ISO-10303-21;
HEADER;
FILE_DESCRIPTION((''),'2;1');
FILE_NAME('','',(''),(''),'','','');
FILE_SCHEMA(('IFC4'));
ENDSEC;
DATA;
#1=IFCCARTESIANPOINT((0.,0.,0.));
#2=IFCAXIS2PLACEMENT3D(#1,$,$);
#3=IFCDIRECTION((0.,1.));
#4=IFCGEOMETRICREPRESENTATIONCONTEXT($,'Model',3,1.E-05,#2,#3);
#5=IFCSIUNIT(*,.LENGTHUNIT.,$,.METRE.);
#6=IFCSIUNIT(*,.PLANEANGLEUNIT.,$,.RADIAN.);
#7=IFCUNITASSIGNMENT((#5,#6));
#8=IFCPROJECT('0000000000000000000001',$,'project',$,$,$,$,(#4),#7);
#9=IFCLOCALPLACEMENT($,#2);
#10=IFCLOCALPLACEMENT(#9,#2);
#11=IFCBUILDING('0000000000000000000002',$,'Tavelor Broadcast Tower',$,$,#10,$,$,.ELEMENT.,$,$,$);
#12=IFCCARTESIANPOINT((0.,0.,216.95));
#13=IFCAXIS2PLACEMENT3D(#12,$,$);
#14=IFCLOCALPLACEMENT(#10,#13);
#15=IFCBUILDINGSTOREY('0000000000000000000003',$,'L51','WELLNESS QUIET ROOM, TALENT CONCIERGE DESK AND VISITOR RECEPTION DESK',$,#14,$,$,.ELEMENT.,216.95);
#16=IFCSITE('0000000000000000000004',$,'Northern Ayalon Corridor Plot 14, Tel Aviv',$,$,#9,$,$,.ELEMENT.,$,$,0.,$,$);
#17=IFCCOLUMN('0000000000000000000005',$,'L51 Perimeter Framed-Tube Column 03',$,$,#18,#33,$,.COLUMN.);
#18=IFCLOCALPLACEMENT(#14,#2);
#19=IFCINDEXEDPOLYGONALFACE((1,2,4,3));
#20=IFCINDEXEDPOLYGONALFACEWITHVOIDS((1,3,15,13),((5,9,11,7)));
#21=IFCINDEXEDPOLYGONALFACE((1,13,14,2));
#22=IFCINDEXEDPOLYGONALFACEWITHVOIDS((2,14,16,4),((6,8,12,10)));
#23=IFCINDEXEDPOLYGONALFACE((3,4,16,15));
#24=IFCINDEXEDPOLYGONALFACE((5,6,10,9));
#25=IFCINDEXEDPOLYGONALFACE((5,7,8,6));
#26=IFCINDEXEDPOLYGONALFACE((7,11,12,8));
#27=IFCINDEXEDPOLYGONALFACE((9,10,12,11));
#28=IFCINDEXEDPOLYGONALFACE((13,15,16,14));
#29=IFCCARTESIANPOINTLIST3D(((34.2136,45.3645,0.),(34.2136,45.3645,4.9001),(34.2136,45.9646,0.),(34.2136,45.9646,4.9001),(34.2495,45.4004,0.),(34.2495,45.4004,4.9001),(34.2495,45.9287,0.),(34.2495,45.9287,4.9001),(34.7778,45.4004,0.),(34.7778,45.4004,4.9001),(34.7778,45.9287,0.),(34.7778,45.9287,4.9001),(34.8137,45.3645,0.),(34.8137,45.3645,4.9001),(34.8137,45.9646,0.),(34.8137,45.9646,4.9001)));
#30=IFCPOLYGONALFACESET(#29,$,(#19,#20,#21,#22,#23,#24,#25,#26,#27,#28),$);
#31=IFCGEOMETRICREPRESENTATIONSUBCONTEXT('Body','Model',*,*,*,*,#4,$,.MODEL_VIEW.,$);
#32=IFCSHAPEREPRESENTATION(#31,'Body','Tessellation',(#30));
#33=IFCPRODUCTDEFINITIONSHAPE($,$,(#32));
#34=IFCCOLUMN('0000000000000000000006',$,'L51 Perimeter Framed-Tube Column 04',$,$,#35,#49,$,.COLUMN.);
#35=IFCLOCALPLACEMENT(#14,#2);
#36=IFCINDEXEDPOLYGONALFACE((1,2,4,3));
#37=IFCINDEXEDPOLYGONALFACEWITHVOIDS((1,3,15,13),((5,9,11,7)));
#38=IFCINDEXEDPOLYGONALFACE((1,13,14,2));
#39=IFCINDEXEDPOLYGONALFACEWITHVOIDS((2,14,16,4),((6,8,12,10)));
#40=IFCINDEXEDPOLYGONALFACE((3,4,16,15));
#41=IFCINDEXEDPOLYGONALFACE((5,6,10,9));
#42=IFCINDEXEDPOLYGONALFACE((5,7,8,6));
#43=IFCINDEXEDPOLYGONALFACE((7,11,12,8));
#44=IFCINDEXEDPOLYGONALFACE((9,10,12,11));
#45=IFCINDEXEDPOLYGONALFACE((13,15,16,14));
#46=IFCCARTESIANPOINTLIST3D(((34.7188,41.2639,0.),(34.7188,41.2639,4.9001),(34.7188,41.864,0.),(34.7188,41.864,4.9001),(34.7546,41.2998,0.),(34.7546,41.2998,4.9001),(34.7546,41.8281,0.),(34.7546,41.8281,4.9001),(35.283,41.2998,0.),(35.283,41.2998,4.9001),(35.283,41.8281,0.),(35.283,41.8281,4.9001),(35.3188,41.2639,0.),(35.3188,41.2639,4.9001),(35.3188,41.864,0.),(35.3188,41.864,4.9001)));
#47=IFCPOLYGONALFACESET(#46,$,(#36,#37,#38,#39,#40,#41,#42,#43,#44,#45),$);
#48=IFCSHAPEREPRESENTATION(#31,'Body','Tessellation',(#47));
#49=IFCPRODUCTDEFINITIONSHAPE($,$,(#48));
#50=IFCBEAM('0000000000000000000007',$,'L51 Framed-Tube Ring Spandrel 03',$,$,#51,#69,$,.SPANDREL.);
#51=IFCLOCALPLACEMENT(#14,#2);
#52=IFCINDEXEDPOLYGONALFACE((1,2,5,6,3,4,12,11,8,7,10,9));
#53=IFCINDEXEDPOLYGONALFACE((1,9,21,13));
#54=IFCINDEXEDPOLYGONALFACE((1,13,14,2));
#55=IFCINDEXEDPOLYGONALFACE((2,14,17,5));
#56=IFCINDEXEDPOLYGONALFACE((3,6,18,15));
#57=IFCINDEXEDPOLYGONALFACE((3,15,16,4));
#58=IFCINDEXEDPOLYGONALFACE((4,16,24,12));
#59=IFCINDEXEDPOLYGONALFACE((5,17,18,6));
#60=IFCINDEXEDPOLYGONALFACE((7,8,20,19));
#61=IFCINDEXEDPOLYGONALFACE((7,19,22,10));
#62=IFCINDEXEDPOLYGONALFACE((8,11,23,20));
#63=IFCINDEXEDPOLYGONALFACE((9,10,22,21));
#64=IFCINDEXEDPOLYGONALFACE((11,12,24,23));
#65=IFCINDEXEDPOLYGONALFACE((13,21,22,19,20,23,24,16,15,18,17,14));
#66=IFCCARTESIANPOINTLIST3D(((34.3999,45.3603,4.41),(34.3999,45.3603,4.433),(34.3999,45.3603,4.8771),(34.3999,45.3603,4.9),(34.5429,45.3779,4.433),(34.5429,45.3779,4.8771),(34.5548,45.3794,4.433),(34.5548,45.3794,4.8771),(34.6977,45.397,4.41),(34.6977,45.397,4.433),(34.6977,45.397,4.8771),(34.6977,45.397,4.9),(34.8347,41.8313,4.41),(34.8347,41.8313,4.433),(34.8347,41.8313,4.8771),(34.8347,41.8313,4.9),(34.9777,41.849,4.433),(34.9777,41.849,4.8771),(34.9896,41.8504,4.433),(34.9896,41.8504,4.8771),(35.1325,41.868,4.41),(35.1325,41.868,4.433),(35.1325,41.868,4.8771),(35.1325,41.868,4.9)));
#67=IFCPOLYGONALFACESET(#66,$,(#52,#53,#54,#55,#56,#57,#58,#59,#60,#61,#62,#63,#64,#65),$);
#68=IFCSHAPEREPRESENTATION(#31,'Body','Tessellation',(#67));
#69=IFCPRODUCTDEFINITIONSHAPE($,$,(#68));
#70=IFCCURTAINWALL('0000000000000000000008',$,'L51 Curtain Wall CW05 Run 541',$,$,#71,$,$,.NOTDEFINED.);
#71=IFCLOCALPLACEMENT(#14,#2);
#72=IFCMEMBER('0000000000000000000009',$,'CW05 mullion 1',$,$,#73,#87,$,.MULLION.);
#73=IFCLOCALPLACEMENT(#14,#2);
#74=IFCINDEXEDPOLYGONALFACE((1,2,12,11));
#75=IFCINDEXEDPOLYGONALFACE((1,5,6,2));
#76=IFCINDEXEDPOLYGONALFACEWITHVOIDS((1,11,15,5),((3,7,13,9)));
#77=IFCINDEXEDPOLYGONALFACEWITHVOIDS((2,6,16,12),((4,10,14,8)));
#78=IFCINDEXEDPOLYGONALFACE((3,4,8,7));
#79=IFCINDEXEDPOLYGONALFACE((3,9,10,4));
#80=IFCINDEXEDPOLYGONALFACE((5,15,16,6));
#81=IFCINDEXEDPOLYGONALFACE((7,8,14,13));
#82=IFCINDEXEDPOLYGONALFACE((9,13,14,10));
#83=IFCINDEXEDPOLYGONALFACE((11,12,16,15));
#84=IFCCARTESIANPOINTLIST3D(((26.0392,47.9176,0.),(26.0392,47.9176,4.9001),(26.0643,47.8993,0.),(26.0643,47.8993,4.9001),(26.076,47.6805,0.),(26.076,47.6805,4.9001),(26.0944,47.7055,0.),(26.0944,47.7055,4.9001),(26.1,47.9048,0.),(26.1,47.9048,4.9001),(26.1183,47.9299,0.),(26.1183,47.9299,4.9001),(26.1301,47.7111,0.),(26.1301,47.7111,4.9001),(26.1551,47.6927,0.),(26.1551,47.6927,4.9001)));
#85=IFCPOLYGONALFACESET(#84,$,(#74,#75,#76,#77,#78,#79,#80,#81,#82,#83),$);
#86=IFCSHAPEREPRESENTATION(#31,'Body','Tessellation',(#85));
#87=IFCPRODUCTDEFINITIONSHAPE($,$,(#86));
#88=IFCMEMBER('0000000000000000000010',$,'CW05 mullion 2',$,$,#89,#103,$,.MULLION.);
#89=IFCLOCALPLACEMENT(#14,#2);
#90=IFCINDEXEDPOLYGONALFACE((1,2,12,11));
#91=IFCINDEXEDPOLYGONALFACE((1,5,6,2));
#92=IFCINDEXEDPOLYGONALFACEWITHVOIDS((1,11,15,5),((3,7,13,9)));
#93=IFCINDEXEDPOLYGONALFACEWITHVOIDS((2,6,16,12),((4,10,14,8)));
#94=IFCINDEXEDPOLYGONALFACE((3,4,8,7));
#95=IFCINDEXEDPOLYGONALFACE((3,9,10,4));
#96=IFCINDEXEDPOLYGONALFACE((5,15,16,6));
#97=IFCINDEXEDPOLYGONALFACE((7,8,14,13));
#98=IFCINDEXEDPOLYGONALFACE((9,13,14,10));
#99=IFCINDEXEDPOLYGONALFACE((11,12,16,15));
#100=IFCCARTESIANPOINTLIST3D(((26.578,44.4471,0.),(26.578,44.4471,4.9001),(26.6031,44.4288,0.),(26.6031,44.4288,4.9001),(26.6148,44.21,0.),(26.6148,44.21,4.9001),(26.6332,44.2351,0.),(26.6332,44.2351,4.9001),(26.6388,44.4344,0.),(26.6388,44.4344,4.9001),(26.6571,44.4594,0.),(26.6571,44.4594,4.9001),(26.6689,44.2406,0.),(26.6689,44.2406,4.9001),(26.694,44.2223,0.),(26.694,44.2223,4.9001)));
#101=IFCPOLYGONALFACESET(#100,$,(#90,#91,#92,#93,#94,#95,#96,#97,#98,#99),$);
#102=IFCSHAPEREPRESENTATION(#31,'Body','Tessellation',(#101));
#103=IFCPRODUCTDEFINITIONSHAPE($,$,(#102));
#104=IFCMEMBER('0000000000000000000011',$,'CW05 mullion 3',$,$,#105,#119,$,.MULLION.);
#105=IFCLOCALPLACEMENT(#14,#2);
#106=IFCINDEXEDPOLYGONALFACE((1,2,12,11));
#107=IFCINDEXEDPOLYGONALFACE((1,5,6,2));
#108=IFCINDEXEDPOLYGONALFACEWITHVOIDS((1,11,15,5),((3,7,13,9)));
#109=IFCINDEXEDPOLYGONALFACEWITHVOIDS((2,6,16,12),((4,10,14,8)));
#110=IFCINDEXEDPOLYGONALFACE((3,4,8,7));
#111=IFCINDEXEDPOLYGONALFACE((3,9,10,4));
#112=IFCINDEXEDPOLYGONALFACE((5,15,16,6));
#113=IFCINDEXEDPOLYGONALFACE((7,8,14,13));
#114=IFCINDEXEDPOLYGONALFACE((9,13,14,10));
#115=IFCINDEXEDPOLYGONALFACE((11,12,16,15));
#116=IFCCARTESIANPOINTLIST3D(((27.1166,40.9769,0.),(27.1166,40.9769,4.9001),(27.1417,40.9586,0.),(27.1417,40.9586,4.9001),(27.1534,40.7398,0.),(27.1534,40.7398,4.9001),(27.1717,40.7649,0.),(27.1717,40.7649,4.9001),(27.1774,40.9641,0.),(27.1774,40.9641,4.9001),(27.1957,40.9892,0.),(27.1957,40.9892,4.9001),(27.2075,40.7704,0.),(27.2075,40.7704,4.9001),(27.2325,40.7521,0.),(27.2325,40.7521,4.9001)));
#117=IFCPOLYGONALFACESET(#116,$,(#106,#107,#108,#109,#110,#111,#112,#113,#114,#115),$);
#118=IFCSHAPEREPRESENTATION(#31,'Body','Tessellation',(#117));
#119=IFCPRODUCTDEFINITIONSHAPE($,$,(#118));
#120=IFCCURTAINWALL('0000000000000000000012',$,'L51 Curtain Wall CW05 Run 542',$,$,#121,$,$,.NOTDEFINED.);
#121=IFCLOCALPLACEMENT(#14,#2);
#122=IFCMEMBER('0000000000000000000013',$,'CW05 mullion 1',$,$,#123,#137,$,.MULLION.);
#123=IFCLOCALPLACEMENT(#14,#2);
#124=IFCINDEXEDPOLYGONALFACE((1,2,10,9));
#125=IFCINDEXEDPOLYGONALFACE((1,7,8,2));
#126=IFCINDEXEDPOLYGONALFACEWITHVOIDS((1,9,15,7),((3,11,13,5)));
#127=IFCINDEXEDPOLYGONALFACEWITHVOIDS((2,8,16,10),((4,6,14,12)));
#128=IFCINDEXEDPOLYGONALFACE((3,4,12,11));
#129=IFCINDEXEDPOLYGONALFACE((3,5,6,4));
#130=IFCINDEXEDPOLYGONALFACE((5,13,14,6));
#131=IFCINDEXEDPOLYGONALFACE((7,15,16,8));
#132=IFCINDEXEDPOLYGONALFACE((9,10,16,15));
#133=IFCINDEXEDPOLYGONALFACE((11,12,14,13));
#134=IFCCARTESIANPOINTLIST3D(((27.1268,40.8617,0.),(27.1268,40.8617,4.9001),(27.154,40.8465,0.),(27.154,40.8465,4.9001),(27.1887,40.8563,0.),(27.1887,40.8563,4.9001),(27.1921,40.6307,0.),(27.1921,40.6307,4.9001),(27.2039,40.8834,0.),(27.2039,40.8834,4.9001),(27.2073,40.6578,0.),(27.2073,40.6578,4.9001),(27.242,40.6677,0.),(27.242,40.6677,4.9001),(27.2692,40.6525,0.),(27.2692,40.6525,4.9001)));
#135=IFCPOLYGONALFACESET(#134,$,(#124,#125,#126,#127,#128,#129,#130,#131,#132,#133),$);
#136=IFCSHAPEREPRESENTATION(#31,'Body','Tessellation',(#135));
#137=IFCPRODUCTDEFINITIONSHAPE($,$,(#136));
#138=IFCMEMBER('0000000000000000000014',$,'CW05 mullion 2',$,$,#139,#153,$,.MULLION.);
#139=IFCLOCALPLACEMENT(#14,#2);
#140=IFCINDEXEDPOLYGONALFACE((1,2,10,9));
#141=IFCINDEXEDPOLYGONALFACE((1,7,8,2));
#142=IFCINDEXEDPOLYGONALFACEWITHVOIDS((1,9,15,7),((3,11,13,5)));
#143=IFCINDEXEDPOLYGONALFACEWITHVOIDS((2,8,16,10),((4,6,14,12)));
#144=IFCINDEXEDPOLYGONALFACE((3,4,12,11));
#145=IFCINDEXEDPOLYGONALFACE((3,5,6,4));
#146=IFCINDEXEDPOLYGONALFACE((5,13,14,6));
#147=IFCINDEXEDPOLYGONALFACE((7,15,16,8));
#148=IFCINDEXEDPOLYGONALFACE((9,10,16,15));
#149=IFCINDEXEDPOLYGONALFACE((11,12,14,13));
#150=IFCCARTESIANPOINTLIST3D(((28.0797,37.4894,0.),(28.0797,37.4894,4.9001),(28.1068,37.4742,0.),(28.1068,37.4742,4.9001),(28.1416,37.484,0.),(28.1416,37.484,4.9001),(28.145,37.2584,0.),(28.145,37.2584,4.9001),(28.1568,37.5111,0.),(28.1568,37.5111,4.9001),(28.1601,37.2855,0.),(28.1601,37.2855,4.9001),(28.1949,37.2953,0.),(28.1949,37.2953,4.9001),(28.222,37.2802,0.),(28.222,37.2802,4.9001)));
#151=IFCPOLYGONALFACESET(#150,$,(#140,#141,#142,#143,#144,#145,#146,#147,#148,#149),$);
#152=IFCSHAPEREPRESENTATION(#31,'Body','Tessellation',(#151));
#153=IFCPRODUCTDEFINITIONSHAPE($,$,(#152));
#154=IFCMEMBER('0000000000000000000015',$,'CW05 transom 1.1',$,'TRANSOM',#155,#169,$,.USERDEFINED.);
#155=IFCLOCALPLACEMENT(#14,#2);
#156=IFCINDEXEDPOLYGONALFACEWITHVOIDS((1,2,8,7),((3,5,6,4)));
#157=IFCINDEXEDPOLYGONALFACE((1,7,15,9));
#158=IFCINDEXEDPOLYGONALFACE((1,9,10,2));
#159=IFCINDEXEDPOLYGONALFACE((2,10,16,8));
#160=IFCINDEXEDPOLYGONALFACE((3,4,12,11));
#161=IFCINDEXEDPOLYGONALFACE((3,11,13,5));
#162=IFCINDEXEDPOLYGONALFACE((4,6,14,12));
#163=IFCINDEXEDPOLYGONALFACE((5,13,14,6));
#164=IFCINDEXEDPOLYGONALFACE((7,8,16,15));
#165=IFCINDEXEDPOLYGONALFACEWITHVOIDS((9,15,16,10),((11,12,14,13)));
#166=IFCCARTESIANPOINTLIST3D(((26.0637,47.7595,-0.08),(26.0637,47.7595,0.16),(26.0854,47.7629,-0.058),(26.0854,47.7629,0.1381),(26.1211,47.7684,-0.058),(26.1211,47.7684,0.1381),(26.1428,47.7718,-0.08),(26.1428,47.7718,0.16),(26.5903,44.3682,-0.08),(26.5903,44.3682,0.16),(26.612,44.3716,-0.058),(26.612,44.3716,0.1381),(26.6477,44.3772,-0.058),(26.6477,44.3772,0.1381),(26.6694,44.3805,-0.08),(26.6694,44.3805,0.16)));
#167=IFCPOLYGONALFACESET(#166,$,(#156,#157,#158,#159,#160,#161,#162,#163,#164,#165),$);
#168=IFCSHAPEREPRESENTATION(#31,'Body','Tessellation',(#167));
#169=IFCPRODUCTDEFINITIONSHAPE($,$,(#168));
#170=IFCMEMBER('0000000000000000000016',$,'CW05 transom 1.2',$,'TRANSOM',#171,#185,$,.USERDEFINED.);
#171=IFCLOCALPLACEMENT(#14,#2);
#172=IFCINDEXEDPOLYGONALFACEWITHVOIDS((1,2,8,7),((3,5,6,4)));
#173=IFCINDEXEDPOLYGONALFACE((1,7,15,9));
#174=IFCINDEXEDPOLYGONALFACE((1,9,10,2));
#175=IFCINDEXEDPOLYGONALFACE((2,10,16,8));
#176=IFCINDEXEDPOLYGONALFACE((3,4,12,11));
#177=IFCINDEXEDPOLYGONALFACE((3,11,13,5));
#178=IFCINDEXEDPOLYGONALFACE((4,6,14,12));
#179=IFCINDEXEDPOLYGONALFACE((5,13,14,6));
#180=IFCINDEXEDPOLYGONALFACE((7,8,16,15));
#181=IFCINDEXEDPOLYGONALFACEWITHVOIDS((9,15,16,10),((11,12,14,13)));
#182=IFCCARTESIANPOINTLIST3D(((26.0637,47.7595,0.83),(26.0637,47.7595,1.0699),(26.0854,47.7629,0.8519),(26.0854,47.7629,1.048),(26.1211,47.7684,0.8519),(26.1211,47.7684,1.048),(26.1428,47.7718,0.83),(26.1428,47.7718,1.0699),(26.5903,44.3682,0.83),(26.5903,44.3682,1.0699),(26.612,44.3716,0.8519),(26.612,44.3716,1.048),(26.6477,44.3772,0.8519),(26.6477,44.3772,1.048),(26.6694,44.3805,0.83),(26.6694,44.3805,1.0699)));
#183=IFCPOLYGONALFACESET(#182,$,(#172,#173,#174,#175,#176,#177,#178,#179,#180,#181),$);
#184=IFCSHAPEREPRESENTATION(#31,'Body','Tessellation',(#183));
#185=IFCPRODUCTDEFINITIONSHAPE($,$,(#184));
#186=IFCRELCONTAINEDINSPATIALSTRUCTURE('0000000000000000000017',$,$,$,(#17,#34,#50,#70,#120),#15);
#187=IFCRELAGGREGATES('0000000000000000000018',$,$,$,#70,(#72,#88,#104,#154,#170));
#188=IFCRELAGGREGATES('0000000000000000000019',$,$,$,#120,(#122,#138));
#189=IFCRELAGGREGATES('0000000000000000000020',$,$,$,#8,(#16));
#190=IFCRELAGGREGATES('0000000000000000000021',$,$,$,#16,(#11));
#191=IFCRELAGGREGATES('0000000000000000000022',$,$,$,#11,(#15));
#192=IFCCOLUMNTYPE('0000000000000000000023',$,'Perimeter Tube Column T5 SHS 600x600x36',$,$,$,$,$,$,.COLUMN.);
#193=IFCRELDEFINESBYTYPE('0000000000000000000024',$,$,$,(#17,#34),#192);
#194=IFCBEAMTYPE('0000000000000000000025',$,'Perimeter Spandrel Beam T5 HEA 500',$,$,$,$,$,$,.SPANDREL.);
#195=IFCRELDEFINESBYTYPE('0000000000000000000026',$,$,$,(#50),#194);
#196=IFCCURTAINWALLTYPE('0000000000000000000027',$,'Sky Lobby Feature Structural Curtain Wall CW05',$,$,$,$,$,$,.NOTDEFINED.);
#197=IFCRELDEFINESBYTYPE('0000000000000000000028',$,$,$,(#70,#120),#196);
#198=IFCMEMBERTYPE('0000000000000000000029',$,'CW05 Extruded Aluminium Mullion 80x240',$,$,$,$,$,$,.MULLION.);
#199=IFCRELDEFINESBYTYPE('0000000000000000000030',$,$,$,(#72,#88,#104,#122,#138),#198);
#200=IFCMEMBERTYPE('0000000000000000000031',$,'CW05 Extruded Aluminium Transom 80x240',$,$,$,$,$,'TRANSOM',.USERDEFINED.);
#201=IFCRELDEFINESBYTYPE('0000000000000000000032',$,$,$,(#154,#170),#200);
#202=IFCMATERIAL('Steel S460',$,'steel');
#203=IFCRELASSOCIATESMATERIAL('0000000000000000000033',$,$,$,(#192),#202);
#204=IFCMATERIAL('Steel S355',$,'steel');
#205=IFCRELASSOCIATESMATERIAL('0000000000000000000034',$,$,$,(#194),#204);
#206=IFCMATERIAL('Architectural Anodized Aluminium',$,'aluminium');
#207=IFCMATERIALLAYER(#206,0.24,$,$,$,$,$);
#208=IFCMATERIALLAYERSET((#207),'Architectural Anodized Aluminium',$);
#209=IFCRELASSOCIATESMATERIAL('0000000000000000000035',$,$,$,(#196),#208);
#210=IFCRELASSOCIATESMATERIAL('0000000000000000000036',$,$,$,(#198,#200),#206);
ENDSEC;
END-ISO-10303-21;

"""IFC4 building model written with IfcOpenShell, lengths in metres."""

from ifc_helpers import new_model, si_unit, direction, frame, origin, origin_2d, place, context, subcontext, project, spatial, hollow_rectangle, i_section, extrude, source, transform, mapped, material, layer, layer_set, material_profile, profile_set, type_object, type_shapes, element, aggregate, save


model = new_model("IFC4")

# Units and contexts
model_context = context("Model", 3, precision=1e-05, world=origin(), true_north=direction((0.0, 1.0)))
body_context = subcontext(model_context, "Body", "Model", "MODEL_VIEW")
ifc_project = project(units=[si_unit("LENGTHUNIT", "METRE"), si_unit("PLANEANGLEUNIT", "RADIAN")], contexts=[model_context])

# Site, building, storey
site_placement = place(None, origin())
site = spatial("IfcSite", under=ifc_project, at=site_placement, Name="Northern Ayalon Corridor Plot 14, Tel Aviv", CompositionType="ELEMENT", RefElevation=0.0)
building_placement = place(site_placement, origin())
building = spatial("IfcBuilding", under=site, at=building_placement, Name="Tavelor Broadcast Tower", CompositionType="ELEMENT")
storey_placement = place(building_placement, frame((0.0, 0.0, 216.95)))
storey = spatial("IfcBuildingStorey", under=building, at=storey_placement, Name="L51", Description="WELLNESS QUIET ROOM, TALENT CONCIERGE DESK AND VISITOR RECEPTION DESK", CompositionType="ELEMENT", Elevation=216.95)

# Columns
ifc_material_1 = material(Name="Steel S460", Category="steel")
ifc_material_profile_1 = material_profile(ifc_material_1, hollow_rectangle(XDim=0.6001, YDim=0.6001, WallThickness=0.0359, at=origin_2d()), Name="SHS 600x600x36")
ifc_profile_set_1 = profile_set([ifc_material_profile_1], Name="Steel S460")
column_type = type_object("IfcColumnType", Name="Perimeter Tube Column T5 SHS 600x600x36", PredefinedType="COLUMN", material=ifc_profile_set_1)
for number, where, z_axis, x_axis, name in (
    (1, (34.5137, 45.6646, 0.0), (0.0, 0.0, 1.0), (1.0, 0.0, 0.0), "L51 Perimeter Framed-Tube Column 03"),
    (2, (35.0188, 41.564, 0.0), (0.0, 0.0, 1.0), (1.0, 0.0, 0.0), "L51 Perimeter Framed-Tube Column 04"),
):
    element("IfcColumn", number, at=place(storey_placement, frame(where, z_axis=z_axis, x_axis=x_axis)), inside=storey, type_object=column_type, Name=name, PredefinedType="COLUMN", context=body_context, shape_type="SweptSolid", body=[
        extrude(hollow_rectangle(XDim=0.6001, YDim=0.6001, WallThickness=0.0359, at=origin_2d()), origin(), (0.0, 0.0, 1.0), 4.9001),
    ])

# Beam
ifc_material_2 = material(Name="Steel S355", Category="steel")
ifc_material_profile_2 = material_profile(ifc_material_2, i_section(OverallWidth=0.3, OverallDepth=0.49, WebThickness=0.012, FlangeThickness=0.0229, at=origin_2d()), Name="HEA 500")
ifc_profile_set_2 = profile_set([ifc_material_profile_2], Name="Steel S355")
beam_type = type_object("IfcBeamType", Name="Perimeter Spandrel Beam T5 HEA 500", PredefinedType="SPANDREL", material=ifc_profile_set_2)
beam_placement = place(storey_placement, frame((34.5488, 45.3787, 4.655), z_axis=(0.122285, -0.992495, 0.0), x_axis=(0.992495, 0.122285, 0.0)))
element("IfcBeam", 3, at=beam_placement, inside=storey, type_object=beam_type, Name="L51 Framed-Tube Ring Spandrel 03", PredefinedType="SPANDREL", context=body_context, shape_type="SweptSolid", body=[
    extrude(i_section(OverallWidth=0.3, OverallDepth=0.49, WebThickness=0.012, FlangeThickness=0.0229, at=origin_2d()), origin(), (0.0, 0.0, 1.0), 3.5557),
])

# Curtain walls, members
ifc_material_3 = material(Name="Architectural Anodized Aluminium", Category="aluminium")
ifc_layer_1 = layer(ifc_material_3, 0.24)
ifc_layer_set_1 = layer_set([ifc_layer_1], Name="Architectural Anodized Aluminium")
curtain_wall_type = type_object("IfcCurtainWallType", Name="Sky Lobby Feature Structural Curtain Wall CW05", PredefinedType="NOTDEFINED", material=ifc_layer_set_1)
curtain_wall_1_placement = place(storey_placement, origin())
curtain_wall_1 = element("IfcCurtainWall", 4, at=curtain_wall_1_placement, inside=storey, type_object=curtain_wall_type, Name="L51 Curtain Wall CW05 Run 541", PredefinedType="NOTDEFINED")
ifc_material_profile_3 = material_profile(ifc_material_3, hollow_rectangle(XDim=0.0801, YDim=0.24, WallThickness=0.022, at=origin_2d()), Name="RHS 80x240x22")
ifc_profile_set_3 = profile_set([ifc_material_profile_3], Name="Architectural Anodized Aluminium")
member_type_1 = type_object("IfcMemberType", Name="CW05 Extruded Aluminium Mullion 80x240", PredefinedType="MULLION", material=ifc_profile_set_3)
shared_shape_1 = source(origin(), body_context, "Body", "SweptSolid", [
    extrude(hollow_rectangle(XDim=0.0801, YDim=0.24, WallThickness=0.022, at=origin_2d()), origin(), (0.0, 0.0, 1.0), 4.9001),
])
type_shapes(member_type_1, [shared_shape_1])
member_1_placement = place(storey_placement, frame((26.0972, 47.8052, 0.0), z_axis=(0.0, 0.0, 1.0), x_axis=(0.988162, 0.153411, 0.0)))
member_1 = element("IfcMember", 5, at=member_1_placement, type_object=member_type_1, Name="CW05 mullion 1", PredefinedType="MULLION", context=body_context, shape_type="MappedRepresentation", body=[
    mapped(shared_shape_1, transform((0.0, 0.0, 0.0), scale=1.0)),
])
member_2_placement = place(storey_placement, frame((26.636, 44.3347, 0.0), z_axis=(0.0, 0.0, 1.0), x_axis=(0.988162, 0.153411, 0.0)))
member_2 = element("IfcMember", 6, at=member_2_placement, type_object=member_type_1, Name="CW05 mullion 2", PredefinedType="MULLION", context=body_context, shape_type="MappedRepresentation", body=[
    mapped(shared_shape_1, transform((0.0, 0.0, 0.0), scale=1.0)),
])
member_3_placement = place(storey_placement, frame((27.1746, 40.8645, 0.0), z_axis=(0.0, 0.0, 1.0), x_axis=(0.988162, 0.153411, 0.0)))
member_3 = element("IfcMember", 7, at=member_3_placement, type_object=member_type_1, Name="CW05 mullion 3", PredefinedType="MULLION", context=body_context, shape_type="MappedRepresentation", body=[
    mapped(shared_shape_1, transform((0.0, 0.0, 0.0), scale=1.0)),
])
curtain_wall_2_placement = place(storey_placement, origin())
curtain_wall_2 = element("IfcCurtainWall", 8, at=curtain_wall_2_placement, inside=storey, type_object=curtain_wall_type, Name="L51 Curtain Wall CW05 Run 542", PredefinedType="NOTDEFINED")
member_4_placement = place(storey_placement, frame((27.198, 40.7571, 0.0), z_axis=(0.0, 0.0, 1.0), x_axis=(0.962335, 0.271866, 0.0)))
member_4 = element("IfcMember", 9, at=member_4_placement, type_object=member_type_1, Name="CW05 mullion 1", PredefinedType="MULLION", context=body_context, shape_type="MappedRepresentation", body=[
    mapped(shared_shape_1, transform((0.0, 0.0, 0.0), scale=1.0)),
])
member_5_placement = place(storey_placement, frame((28.1509, 37.3848, 0.0), z_axis=(0.0, 0.0, 1.0), x_axis=(0.962335, 0.271866, 0.0)))
member_5 = element("IfcMember", 10, at=member_5_placement, type_object=member_type_1, Name="CW05 mullion 2", PredefinedType="MULLION", context=body_context, shape_type="MappedRepresentation", body=[
    mapped(shared_shape_1, transform((0.0, 0.0, 0.0), scale=1.0)),
])

# Members
ifc_material_profile_4 = material_profile(ifc_material_3, hollow_rectangle(XDim=0.0801, YDim=0.24, WallThickness=0.022, at=origin_2d()), Name="RHS 80x240x22")
ifc_profile_set_4 = profile_set([ifc_material_profile_4], Name="Architectural Anodized Aluminium")
member_type_2 = type_object("IfcMemberType", Name="CW05 Extruded Aluminium Transom 80x240", ElementType="TRANSOM", PredefinedType="USERDEFINED", material=ifc_profile_set_4)
shared_shape_2 = source(origin(), body_context, "Body", "SweptSolid", [
    extrude(hollow_rectangle(XDim=0.0801, YDim=0.24, WallThickness=0.022, at=origin_2d()), origin(), (0.0, 0.0, 1.0), 3.4319),
])
member_6_placement = place(storey_placement, frame((26.1033, 47.7656, 0.04), z_axis=(0.153442, -0.988158, 0.0), x_axis=(0.988158, 0.153442, 0.0)))
member_6 = element("IfcMember", 11, at=member_6_placement, type_object=member_type_2, Name="CW05 transom 1.1", ObjectType="TRANSOM", PredefinedType="USERDEFINED", context=body_context, shape_type="MappedRepresentation", body=[
    mapped(shared_shape_2, transform((0.0, 0.0, 0.0), scale=1.0)),
])
member_7_placement = place(storey_placement, frame((26.1033, 47.7656, 0.95), z_axis=(0.153442, -0.988158, 0.0), x_axis=(0.988158, 0.153442, 0.0)))
member_7 = element("IfcMember", 12, at=member_7_placement, type_object=member_type_2, Name="CW05 transom 1.2", ObjectType="TRANSOM", PredefinedType="USERDEFINED", context=body_context, shape_type="MappedRepresentation", body=[
    mapped(shared_shape_2, transform((0.0, 0.0, 0.0), scale=1.0)),
])

aggregate(curtain_wall_1, [member_1, member_2, member_3, member_6, member_7])
aggregate(curtain_wall_2, [member_4, member_5])

save(model, "model.ifc")
